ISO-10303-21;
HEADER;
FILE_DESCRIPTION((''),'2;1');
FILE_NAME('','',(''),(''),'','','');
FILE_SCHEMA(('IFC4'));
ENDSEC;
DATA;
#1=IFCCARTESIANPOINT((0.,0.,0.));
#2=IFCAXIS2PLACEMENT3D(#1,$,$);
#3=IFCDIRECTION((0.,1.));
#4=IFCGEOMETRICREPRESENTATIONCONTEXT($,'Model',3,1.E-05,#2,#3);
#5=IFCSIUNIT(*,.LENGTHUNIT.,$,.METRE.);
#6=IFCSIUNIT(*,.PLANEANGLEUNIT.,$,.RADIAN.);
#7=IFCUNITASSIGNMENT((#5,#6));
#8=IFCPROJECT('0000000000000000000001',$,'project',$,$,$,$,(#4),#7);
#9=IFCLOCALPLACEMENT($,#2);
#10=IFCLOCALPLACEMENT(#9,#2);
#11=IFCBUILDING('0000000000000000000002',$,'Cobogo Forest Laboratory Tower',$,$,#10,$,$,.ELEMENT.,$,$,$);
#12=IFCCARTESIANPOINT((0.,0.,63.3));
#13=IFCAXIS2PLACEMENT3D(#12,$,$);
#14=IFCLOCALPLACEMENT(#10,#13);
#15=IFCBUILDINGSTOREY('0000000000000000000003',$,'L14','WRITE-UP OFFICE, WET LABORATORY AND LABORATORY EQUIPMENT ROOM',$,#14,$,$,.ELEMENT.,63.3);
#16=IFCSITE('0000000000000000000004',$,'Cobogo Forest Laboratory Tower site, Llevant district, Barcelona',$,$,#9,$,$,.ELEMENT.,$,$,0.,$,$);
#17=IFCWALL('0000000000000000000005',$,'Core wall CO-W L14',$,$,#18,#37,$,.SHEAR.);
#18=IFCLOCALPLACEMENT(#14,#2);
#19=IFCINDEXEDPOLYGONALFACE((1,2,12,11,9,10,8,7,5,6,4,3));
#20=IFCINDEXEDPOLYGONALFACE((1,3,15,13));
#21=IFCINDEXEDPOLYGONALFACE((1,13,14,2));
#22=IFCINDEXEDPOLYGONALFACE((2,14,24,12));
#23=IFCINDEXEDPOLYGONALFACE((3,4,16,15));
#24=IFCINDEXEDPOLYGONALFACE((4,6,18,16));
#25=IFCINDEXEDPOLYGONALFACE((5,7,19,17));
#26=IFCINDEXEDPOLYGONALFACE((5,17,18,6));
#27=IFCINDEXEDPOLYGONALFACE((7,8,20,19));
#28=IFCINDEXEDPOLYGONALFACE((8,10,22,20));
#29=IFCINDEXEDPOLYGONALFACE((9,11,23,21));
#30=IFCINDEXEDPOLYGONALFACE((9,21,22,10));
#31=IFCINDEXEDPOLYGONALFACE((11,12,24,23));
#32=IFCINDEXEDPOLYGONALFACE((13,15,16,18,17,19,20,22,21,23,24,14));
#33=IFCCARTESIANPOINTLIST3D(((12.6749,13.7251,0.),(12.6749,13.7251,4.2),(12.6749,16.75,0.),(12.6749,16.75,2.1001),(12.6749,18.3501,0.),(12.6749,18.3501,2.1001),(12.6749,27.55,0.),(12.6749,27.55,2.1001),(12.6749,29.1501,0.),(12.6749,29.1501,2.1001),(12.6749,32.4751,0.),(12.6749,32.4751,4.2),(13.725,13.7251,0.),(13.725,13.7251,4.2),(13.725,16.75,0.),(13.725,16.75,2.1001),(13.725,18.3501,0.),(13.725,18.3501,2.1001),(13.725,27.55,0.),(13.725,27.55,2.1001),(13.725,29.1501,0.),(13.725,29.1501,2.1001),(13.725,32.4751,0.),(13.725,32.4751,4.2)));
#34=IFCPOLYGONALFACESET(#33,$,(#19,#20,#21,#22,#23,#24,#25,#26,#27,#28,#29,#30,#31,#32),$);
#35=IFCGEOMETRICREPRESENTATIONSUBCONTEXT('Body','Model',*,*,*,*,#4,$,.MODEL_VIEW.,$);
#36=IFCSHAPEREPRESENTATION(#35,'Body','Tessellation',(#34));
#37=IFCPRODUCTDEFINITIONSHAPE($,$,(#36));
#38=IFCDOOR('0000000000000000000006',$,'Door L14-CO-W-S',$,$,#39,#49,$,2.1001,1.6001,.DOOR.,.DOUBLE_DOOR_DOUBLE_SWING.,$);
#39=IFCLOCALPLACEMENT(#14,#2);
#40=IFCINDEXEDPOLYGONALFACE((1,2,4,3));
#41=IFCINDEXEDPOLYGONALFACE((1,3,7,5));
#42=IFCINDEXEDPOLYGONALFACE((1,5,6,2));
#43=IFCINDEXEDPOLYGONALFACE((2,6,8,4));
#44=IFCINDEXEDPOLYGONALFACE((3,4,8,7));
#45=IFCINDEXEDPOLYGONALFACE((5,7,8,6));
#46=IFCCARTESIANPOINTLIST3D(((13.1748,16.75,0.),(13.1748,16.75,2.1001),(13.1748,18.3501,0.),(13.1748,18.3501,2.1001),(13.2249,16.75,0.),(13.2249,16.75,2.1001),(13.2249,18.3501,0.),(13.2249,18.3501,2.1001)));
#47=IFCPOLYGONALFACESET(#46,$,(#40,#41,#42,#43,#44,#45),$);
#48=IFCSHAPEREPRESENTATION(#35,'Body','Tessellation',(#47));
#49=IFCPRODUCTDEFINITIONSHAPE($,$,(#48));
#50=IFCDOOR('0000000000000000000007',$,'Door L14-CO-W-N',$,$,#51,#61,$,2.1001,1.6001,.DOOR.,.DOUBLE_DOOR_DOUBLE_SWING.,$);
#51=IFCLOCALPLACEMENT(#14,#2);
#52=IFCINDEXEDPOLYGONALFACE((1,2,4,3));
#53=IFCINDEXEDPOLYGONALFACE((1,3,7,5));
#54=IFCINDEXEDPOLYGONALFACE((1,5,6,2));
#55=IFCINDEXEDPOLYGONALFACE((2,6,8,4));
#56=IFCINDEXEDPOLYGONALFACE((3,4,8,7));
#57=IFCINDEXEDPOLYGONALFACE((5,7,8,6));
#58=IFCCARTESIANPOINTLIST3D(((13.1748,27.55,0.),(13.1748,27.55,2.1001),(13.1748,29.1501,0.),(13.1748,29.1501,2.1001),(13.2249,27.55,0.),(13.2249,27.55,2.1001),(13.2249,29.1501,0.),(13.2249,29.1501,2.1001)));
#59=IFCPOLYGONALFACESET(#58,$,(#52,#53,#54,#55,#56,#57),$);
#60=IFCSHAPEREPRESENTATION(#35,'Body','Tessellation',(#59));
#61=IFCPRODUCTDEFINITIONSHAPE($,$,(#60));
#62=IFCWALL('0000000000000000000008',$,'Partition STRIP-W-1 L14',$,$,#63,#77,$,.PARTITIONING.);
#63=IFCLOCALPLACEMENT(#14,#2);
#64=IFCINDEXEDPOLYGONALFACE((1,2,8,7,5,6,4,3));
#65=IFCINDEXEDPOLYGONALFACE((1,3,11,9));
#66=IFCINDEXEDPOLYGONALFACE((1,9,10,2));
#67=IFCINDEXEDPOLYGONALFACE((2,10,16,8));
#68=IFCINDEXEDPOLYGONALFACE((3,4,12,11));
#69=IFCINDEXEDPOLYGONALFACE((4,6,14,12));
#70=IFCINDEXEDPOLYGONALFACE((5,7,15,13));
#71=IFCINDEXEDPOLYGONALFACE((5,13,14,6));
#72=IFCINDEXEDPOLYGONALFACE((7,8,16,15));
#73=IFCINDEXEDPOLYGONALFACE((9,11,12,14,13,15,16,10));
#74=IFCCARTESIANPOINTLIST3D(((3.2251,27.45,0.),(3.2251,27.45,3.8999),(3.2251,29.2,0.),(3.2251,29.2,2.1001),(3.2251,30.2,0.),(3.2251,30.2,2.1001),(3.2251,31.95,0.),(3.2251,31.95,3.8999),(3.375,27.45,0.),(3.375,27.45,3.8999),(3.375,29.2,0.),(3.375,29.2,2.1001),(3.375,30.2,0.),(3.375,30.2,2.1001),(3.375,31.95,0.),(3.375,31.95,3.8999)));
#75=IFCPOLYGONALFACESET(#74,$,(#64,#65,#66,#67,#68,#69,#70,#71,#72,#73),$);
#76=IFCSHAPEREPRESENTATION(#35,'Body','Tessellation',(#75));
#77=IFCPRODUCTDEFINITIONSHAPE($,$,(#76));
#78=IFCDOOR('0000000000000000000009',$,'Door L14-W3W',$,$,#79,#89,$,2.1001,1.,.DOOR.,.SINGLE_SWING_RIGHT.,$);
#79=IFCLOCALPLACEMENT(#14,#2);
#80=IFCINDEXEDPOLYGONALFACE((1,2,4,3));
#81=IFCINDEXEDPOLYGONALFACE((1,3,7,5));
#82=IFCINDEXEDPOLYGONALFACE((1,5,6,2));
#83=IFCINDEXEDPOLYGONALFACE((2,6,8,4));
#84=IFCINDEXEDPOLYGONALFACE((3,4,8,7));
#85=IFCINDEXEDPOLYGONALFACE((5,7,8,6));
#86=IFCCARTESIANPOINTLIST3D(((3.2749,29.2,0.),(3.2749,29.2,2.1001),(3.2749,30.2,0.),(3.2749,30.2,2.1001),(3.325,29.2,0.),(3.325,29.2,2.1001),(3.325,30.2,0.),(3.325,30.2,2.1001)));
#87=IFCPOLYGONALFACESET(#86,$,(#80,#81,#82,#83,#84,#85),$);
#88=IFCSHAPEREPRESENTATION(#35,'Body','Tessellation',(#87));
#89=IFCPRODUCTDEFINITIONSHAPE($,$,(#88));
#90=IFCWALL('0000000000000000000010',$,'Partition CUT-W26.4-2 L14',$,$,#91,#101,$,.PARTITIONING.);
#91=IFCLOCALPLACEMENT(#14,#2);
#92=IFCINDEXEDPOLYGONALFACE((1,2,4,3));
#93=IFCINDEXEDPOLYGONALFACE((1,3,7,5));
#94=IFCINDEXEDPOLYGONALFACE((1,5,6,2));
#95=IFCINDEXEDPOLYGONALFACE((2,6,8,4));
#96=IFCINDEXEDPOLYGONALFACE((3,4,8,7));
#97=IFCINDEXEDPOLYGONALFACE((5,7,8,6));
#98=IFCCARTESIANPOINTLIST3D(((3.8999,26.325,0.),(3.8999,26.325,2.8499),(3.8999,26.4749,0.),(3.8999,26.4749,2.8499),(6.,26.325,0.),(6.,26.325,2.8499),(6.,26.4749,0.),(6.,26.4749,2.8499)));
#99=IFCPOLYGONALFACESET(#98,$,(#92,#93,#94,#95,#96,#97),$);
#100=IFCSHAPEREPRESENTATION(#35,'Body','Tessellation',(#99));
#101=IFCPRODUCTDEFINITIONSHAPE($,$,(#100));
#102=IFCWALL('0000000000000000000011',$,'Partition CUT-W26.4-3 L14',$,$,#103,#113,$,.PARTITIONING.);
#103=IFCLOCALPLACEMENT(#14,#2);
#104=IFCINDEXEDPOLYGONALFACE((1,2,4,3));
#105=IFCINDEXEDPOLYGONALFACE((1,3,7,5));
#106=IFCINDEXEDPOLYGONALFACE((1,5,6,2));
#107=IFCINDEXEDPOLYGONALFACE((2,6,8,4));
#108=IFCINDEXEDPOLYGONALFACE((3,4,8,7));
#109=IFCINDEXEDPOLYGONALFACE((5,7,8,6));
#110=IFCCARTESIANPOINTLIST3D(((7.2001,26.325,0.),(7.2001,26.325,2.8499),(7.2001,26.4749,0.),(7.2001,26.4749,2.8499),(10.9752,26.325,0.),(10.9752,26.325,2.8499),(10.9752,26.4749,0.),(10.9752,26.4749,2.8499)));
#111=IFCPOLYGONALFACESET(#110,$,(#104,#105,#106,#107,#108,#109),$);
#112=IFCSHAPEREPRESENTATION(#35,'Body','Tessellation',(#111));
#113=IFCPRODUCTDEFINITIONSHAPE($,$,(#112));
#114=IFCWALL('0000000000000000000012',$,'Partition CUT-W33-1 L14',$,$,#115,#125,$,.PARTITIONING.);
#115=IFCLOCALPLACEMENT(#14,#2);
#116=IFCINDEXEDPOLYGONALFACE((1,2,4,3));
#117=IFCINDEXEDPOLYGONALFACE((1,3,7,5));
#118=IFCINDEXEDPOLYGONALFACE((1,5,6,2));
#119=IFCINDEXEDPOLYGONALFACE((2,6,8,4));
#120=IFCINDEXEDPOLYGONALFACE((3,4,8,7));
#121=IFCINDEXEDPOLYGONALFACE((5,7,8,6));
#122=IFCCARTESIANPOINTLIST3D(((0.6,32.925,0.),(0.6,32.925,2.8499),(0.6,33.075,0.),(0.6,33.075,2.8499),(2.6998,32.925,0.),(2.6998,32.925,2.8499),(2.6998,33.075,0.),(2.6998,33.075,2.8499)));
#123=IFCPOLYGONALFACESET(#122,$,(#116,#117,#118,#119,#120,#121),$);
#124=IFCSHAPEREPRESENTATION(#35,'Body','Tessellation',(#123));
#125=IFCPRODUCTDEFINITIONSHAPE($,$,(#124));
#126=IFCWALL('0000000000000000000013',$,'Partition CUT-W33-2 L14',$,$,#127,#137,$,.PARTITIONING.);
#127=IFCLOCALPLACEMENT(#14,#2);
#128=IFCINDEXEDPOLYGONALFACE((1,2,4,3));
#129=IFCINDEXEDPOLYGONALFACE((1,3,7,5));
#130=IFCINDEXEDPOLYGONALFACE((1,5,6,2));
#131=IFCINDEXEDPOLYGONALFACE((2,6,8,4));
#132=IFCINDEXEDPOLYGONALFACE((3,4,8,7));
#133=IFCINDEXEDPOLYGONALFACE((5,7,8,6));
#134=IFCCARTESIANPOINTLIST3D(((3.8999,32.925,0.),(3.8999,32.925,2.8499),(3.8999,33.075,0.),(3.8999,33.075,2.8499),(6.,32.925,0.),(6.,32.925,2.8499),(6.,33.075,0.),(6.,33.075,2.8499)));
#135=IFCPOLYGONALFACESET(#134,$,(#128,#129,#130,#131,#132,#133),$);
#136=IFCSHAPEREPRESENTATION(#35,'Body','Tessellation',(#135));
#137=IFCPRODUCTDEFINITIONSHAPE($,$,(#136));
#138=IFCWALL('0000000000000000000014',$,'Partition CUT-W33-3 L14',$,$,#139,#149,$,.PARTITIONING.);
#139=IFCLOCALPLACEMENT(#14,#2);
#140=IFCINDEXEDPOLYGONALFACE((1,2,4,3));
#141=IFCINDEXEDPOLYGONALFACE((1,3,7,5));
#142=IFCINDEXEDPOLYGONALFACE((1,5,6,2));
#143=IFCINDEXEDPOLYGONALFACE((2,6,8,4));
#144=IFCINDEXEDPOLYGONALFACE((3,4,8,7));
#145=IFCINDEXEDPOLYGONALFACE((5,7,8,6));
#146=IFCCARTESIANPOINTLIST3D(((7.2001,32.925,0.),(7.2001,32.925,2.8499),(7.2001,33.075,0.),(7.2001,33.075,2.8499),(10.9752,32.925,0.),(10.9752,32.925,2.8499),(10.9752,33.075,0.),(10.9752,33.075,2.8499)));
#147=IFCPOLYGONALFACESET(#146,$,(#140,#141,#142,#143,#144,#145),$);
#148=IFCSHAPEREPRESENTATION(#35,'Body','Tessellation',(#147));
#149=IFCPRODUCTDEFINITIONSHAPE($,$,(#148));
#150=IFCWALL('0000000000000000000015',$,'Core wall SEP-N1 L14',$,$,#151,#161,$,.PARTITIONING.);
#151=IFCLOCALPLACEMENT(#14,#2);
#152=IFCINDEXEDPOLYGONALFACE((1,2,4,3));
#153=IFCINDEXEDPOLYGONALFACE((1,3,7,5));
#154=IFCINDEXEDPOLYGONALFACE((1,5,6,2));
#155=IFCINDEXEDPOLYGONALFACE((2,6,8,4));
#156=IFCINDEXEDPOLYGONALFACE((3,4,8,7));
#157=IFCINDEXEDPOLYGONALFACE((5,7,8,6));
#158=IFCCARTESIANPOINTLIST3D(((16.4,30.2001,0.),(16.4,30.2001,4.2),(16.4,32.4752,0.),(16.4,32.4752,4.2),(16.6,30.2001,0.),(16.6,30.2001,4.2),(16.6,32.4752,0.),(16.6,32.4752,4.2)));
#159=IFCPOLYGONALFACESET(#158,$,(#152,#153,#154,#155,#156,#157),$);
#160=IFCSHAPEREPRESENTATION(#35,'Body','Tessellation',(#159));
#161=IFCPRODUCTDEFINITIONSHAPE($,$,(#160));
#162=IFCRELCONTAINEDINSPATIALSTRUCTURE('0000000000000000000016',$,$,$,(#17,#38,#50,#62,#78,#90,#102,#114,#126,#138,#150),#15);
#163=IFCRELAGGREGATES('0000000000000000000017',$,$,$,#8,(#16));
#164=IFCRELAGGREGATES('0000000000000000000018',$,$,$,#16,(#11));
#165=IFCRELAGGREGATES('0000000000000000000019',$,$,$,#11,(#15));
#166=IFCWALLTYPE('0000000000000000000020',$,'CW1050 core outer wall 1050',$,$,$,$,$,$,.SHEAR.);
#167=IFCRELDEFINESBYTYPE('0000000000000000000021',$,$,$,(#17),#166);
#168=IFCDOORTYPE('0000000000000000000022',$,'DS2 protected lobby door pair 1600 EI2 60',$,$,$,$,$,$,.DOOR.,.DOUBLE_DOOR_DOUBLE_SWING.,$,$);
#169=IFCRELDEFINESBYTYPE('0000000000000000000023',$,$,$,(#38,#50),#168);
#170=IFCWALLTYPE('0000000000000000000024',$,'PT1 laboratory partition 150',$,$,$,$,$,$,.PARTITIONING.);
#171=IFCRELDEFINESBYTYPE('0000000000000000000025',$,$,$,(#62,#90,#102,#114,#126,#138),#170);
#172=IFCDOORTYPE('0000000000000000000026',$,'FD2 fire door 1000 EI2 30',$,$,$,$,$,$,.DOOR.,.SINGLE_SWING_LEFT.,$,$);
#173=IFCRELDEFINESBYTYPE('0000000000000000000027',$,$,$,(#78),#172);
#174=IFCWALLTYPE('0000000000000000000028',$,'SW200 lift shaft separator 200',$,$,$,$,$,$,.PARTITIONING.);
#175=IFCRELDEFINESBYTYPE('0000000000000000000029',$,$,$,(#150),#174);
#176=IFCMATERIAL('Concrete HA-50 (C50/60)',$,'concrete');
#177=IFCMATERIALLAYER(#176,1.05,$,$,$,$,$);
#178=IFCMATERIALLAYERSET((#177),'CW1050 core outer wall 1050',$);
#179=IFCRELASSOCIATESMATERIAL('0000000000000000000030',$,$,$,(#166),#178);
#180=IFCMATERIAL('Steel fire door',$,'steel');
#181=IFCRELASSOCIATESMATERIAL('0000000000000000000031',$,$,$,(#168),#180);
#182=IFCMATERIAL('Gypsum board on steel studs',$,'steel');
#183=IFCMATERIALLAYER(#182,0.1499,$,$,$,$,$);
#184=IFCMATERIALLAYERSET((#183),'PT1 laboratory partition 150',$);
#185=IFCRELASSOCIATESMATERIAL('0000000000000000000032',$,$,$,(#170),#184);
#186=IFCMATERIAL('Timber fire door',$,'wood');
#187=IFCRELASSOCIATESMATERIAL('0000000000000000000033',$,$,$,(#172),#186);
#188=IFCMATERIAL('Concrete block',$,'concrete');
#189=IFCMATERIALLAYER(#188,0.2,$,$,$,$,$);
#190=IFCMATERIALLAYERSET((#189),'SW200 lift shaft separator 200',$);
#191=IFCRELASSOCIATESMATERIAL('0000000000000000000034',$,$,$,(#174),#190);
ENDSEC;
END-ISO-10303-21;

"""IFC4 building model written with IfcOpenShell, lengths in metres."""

from ifc_helpers import new_model, si_unit, direction, frame, frame_2d, origin, place, context, subcontext, project, spatial, rectangle, extrude, material, layer, layer_set, type_object, element, fill, save


model = new_model("IFC4")

# Units and contexts
model_context = context("Model", 3, precision=1e-05, world=origin(), true_north=direction((0.0, 1.0)))
body_context = subcontext(model_context, "Body", "Model", "MODEL_VIEW")
ifc_project = project(units=[si_unit("LENGTHUNIT", "METRE"), si_unit("PLANEANGLEUNIT", "RADIAN")], contexts=[model_context])

# Site, building, storey
site_placement = place(None, origin())
site = spatial("IfcSite", under=ifc_project, at=site_placement, Name="Cobogo Forest Laboratory Tower site, Llevant district, Barcelona", CompositionType="ELEMENT", RefElevation=0.0)
building_placement = place(site_placement, origin())
building = spatial("IfcBuilding", under=site, at=building_placement, Name="Cobogo Forest Laboratory Tower", CompositionType="ELEMENT")
storey_placement = place(building_placement, frame((0.0, 0.0, 63.3)))
storey = spatial("IfcBuildingStorey", under=building, at=storey_placement, Name="L14", Description="WRITE-UP OFFICE, WET LABORATORY AND LABORATORY EQUIPMENT ROOM", CompositionType="ELEMENT", Elevation=63.3)

# Shared definitions
ifc_material_1 = material(Name="Concrete HA-50 (C50/60)", Category="concrete")

# Shared definitions
ifc_material_2 = material(Name="Steel fire door", Category="steel")

# Wall, openings, doors
ifc_layer_1 = layer(ifc_material_1, 1.05)
ifc_layer_set_1 = layer_set([ifc_layer_1], Name="CW1050 core outer wall 1050")
wall_type_1 = type_object("IfcWallType", Name="CW1050 core outer wall 1050", PredefinedType="SHEAR", material=ifc_layer_set_1)
wall_1_placement = place(storey_placement, frame((13.2, 32.4751, 0.0), z_axis=(0.0, 0.0, 1.0), x_axis=(0.0, -1.0, 0.0)))
wall_1 = element("IfcWall", 1, at=wall_1_placement, inside=storey, type_object=wall_type_1, Name="Core wall CO-W L14", PredefinedType="SHEAR", context=body_context, shape_type="SweptSolid", body=[
    extrude(rectangle(XDim=18.75, YDim=1.05, at=frame_2d((9.375, 0.0))), origin(), (0.0, 0.0, 1.0), 4.2),
])
opening_1_placement = place(wall_1_placement, frame((14.125, 0.0, 0.0)))
opening_1 = element("IfcOpeningElement", 2, at=opening_1_placement, cuts=wall_1, PredefinedType="OPENING", context=body_context, shape_type="SweptSolid", body=[
    extrude(rectangle(XDim=1.6001, YDim=2.1001, at=frame_2d((0.8, 1.05))), frame((0.0, 0.5349, 0.0), z_axis=(0.0, -1.0, 0.0), x_axis=(1.0, 0.0, 0.0)), (0.0, 0.0, 1.0), 1.0701),
])
opening_2_placement = place(wall_1_placement, frame((3.325, 0.0, 0.0)))
opening_2 = element("IfcOpeningElement", 3, at=opening_2_placement, cuts=wall_1, PredefinedType="OPENING", context=body_context, shape_type="SweptSolid", body=[
    extrude(rectangle(XDim=1.6001, YDim=2.1001, at=frame_2d((0.8, 1.05))), frame((0.0, 0.5349, 0.0), z_axis=(0.0, -1.0, 0.0), x_axis=(1.0, 0.0, 0.0)), (0.0, 0.0, 1.0), 1.0701),
])
door_type_1 = type_object("IfcDoorType", Name="DS2 protected lobby door pair 1600 EI2 60", OperationType="DOUBLE_DOOR_DOUBLE_SWING", PredefinedType="DOOR", material=ifc_material_2)
door_1_placement = place(opening_1_placement, origin())
door_1 = element("IfcDoor", 4, at=door_1_placement, inside=storey, type_object=door_type_1, Name="Door L14-CO-W-S", OperationType="DOUBLE_DOOR_DOUBLE_SWING", OverallHeight=2.1001, OverallWidth=1.6001, PredefinedType="DOOR", context=body_context, shape_type="SweptSolid", body=[
    extrude(rectangle(XDim=1.6001, YDim=2.1001, at=frame_2d((0.8, 1.05))), frame((0.0, 0.0249, 0.0), z_axis=(0.0, -1.0, 0.0), x_axis=(1.0, 0.0, 0.0)), (0.0, 0.0, 1.0), 0.05),
])
fill(opening_1, door_1)
door_2_placement = place(opening_2_placement, origin())
door_2 = element("IfcDoor", 5, at=door_2_placement, inside=storey, type_object=door_type_1, Name="Door L14-CO-W-N", OperationType="DOUBLE_DOOR_DOUBLE_SWING", OverallHeight=2.1001, OverallWidth=1.6001, PredefinedType="DOOR", context=body_context, shape_type="SweptSolid", body=[
    extrude(rectangle(XDim=1.6001, YDim=2.1001, at=frame_2d((0.8, 1.05))), frame((0.0, 0.0249, 0.0), z_axis=(0.0, -1.0, 0.0), x_axis=(1.0, 0.0, 0.0)), (0.0, 0.0, 1.0), 0.05),
])
fill(opening_2, door_2)

# Wall, opening, door
ifc_material_3 = material(Name="Gypsum board on steel studs", Category="steel")
ifc_layer_2 = layer(ifc_material_3, 0.1499)
ifc_layer_set_2 = layer_set([ifc_layer_2], Name="PT1 laboratory partition 150")
wall_type_2 = type_object("IfcWallType", Name="PT1 laboratory partition 150", PredefinedType="PARTITIONING", material=ifc_layer_set_2)
wall_2_placement = place(storey_placement, frame((3.3, 31.95, 0.0), z_axis=(0.0, 0.0, 1.0), x_axis=(0.0, -1.0, 0.0)))
wall_2 = element("IfcWall", 6, at=wall_2_placement, inside=storey, type_object=wall_type_2, Name="Partition STRIP-W-1 L14", PredefinedType="PARTITIONING", context=body_context, shape_type="SweptSolid", body=[
    extrude(rectangle(XDim=4.5, YDim=0.1499, at=frame_2d((2.25, 0.0))), origin(), (0.0, 0.0, 1.0), 3.8999),
])
opening_3_placement = place(wall_2_placement, frame((1.75, 0.0, 0.0)))
opening_3 = element("IfcOpeningElement", 7, at=opening_3_placement, cuts=wall_2, PredefinedType="OPENING", context=body_context, shape_type="SweptSolid", body=[
    extrude(rectangle(XDim=1.0, YDim=2.1001, at=frame_2d((0.5, 1.05))), frame((0.0, 0.085, 0.0), z_axis=(0.0, -1.0, 0.0), x_axis=(1.0, 0.0, 0.0)), (0.0, 0.0, 1.0), 0.1699),
])
ifc_material_4 = material(Name="Timber fire door", Category="wood")
door_type_2 = type_object("IfcDoorType", Name="FD2 fire door 1000 EI2 30", OperationType="SINGLE_SWING_LEFT", PredefinedType="DOOR", material=ifc_material_4)
door_3_placement = place(opening_3_placement, origin())
door_3 = element("IfcDoor", 8, at=door_3_placement, inside=storey, type_object=door_type_2, Name="Door L14-W3W", OperationType="SINGLE_SWING_RIGHT", OverallHeight=2.1001, OverallWidth=1.0, PredefinedType="DOOR", context=body_context, shape_type="SweptSolid", body=[
    extrude(rectangle(XDim=1.0, YDim=2.1001, at=frame_2d((0.5, 1.05))), frame((0.0, 0.0249, 0.0), z_axis=(0.0, -1.0, 0.0), x_axis=(1.0, 0.0, 0.0)), (0.0, 0.0, 1.0), 0.05),
])
fill(opening_3, door_3)

# Walls
wall_3_placement = place(storey_placement, frame((3.8999, 26.3999, 0.0), z_axis=(0.0, 0.0, 1.0), x_axis=(1.0, 0.0, 0.0)))
element("IfcWall", 9, at=wall_3_placement, inside=storey, type_object=wall_type_2, Name="Partition CUT-W26.4-2 L14", PredefinedType="PARTITIONING", context=body_context, shape_type="SweptSolid", body=[
    extrude(rectangle(XDim=2.1001, YDim=0.1499, at=frame_2d((1.05, 0.0))), origin(), (0.0, 0.0, 1.0), 2.8499),
])
wall_4_placement = place(storey_placement, frame((7.2, 26.3999, 0.0), z_axis=(0.0, 0.0, 1.0), x_axis=(1.0, 0.0, 0.0)))
element("IfcWall", 10, at=wall_4_placement, inside=storey, type_object=wall_type_2, Name="Partition CUT-W26.4-3 L14", PredefinedType="PARTITIONING", context=body_context, shape_type="SweptSolid", body=[
    extrude(rectangle(XDim=3.7751, YDim=0.1499, at=frame_2d((1.8877, 0.0))), origin(), (0.0, 0.0, 1.0), 2.8499),
])
wall_5_placement = place(storey_placement, frame((0.6001, 33.0, 0.0), z_axis=(0.0, 0.0, 1.0), x_axis=(1.0, 0.0, 0.0)))
element("IfcWall", 11, at=wall_5_placement, inside=storey, type_object=wall_type_2, Name="Partition CUT-W33-1 L14", PredefinedType="PARTITIONING", context=body_context, shape_type="SweptSolid", body=[
    extrude(rectangle(XDim=2.0999, YDim=0.1499, at=frame_2d((1.0498, 0.0))), origin(), (0.0, 0.0, 1.0), 2.8499),
])
wall_6_placement = place(storey_placement, frame((3.8999, 33.0, 0.0), z_axis=(0.0, 0.0, 1.0), x_axis=(1.0, 0.0, 0.0)))
element("IfcWall", 12, at=wall_6_placement, inside=storey, type_object=wall_type_2, Name="Partition CUT-W33-2 L14", PredefinedType="PARTITIONING", context=body_context, shape_type="SweptSolid", body=[
    extrude(rectangle(XDim=2.1001, YDim=0.1499, at=frame_2d((1.05, 0.0))), origin(), (0.0, 0.0, 1.0), 2.8499),
])
wall_7_placement = place(storey_placement, frame((7.2, 33.0, 0.0), z_axis=(0.0, 0.0, 1.0), x_axis=(1.0, 0.0, 0.0)))
element("IfcWall", 13, at=wall_7_placement, inside=storey, type_object=wall_type_2, Name="Partition CUT-W33-3 L14", PredefinedType="PARTITIONING", context=body_context, shape_type="SweptSolid", body=[
    extrude(rectangle(XDim=3.7751, YDim=0.1499, at=frame_2d((1.8877, 0.0))), origin(), (0.0, 0.0, 1.0), 2.8499),
])
ifc_material_5 = material(Name="Concrete block", Category="concrete")
ifc_layer_3 = layer(ifc_material_5, 0.2)
ifc_layer_set_3 = layer_set([ifc_layer_3], Name="SW200 lift shaft separator 200")
wall_type_3 = type_object("IfcWallType", Name="SW200 lift shaft separator 200", PredefinedType="PARTITIONING", material=ifc_layer_set_3)
wall_8_placement = place(storey_placement, frame((16.5, 30.2, 0.0), z_axis=(0.0, 0.0, 1.0), x_axis=(0.0, 1.0, 0.0)))
element("IfcWall", 14, at=wall_8_placement, inside=storey, type_object=wall_type_3, Name="Core wall SEP-N1 L14", PredefinedType="PARTITIONING", context=body_context, shape_type="SweptSolid", body=[
    extrude(rectangle(XDim=2.2751, YDim=0.2, at=frame_2d((1.1377, 0.0))), origin(), (0.0, 0.0, 1.0), 4.2),
])

save(model, "model.ifc")
